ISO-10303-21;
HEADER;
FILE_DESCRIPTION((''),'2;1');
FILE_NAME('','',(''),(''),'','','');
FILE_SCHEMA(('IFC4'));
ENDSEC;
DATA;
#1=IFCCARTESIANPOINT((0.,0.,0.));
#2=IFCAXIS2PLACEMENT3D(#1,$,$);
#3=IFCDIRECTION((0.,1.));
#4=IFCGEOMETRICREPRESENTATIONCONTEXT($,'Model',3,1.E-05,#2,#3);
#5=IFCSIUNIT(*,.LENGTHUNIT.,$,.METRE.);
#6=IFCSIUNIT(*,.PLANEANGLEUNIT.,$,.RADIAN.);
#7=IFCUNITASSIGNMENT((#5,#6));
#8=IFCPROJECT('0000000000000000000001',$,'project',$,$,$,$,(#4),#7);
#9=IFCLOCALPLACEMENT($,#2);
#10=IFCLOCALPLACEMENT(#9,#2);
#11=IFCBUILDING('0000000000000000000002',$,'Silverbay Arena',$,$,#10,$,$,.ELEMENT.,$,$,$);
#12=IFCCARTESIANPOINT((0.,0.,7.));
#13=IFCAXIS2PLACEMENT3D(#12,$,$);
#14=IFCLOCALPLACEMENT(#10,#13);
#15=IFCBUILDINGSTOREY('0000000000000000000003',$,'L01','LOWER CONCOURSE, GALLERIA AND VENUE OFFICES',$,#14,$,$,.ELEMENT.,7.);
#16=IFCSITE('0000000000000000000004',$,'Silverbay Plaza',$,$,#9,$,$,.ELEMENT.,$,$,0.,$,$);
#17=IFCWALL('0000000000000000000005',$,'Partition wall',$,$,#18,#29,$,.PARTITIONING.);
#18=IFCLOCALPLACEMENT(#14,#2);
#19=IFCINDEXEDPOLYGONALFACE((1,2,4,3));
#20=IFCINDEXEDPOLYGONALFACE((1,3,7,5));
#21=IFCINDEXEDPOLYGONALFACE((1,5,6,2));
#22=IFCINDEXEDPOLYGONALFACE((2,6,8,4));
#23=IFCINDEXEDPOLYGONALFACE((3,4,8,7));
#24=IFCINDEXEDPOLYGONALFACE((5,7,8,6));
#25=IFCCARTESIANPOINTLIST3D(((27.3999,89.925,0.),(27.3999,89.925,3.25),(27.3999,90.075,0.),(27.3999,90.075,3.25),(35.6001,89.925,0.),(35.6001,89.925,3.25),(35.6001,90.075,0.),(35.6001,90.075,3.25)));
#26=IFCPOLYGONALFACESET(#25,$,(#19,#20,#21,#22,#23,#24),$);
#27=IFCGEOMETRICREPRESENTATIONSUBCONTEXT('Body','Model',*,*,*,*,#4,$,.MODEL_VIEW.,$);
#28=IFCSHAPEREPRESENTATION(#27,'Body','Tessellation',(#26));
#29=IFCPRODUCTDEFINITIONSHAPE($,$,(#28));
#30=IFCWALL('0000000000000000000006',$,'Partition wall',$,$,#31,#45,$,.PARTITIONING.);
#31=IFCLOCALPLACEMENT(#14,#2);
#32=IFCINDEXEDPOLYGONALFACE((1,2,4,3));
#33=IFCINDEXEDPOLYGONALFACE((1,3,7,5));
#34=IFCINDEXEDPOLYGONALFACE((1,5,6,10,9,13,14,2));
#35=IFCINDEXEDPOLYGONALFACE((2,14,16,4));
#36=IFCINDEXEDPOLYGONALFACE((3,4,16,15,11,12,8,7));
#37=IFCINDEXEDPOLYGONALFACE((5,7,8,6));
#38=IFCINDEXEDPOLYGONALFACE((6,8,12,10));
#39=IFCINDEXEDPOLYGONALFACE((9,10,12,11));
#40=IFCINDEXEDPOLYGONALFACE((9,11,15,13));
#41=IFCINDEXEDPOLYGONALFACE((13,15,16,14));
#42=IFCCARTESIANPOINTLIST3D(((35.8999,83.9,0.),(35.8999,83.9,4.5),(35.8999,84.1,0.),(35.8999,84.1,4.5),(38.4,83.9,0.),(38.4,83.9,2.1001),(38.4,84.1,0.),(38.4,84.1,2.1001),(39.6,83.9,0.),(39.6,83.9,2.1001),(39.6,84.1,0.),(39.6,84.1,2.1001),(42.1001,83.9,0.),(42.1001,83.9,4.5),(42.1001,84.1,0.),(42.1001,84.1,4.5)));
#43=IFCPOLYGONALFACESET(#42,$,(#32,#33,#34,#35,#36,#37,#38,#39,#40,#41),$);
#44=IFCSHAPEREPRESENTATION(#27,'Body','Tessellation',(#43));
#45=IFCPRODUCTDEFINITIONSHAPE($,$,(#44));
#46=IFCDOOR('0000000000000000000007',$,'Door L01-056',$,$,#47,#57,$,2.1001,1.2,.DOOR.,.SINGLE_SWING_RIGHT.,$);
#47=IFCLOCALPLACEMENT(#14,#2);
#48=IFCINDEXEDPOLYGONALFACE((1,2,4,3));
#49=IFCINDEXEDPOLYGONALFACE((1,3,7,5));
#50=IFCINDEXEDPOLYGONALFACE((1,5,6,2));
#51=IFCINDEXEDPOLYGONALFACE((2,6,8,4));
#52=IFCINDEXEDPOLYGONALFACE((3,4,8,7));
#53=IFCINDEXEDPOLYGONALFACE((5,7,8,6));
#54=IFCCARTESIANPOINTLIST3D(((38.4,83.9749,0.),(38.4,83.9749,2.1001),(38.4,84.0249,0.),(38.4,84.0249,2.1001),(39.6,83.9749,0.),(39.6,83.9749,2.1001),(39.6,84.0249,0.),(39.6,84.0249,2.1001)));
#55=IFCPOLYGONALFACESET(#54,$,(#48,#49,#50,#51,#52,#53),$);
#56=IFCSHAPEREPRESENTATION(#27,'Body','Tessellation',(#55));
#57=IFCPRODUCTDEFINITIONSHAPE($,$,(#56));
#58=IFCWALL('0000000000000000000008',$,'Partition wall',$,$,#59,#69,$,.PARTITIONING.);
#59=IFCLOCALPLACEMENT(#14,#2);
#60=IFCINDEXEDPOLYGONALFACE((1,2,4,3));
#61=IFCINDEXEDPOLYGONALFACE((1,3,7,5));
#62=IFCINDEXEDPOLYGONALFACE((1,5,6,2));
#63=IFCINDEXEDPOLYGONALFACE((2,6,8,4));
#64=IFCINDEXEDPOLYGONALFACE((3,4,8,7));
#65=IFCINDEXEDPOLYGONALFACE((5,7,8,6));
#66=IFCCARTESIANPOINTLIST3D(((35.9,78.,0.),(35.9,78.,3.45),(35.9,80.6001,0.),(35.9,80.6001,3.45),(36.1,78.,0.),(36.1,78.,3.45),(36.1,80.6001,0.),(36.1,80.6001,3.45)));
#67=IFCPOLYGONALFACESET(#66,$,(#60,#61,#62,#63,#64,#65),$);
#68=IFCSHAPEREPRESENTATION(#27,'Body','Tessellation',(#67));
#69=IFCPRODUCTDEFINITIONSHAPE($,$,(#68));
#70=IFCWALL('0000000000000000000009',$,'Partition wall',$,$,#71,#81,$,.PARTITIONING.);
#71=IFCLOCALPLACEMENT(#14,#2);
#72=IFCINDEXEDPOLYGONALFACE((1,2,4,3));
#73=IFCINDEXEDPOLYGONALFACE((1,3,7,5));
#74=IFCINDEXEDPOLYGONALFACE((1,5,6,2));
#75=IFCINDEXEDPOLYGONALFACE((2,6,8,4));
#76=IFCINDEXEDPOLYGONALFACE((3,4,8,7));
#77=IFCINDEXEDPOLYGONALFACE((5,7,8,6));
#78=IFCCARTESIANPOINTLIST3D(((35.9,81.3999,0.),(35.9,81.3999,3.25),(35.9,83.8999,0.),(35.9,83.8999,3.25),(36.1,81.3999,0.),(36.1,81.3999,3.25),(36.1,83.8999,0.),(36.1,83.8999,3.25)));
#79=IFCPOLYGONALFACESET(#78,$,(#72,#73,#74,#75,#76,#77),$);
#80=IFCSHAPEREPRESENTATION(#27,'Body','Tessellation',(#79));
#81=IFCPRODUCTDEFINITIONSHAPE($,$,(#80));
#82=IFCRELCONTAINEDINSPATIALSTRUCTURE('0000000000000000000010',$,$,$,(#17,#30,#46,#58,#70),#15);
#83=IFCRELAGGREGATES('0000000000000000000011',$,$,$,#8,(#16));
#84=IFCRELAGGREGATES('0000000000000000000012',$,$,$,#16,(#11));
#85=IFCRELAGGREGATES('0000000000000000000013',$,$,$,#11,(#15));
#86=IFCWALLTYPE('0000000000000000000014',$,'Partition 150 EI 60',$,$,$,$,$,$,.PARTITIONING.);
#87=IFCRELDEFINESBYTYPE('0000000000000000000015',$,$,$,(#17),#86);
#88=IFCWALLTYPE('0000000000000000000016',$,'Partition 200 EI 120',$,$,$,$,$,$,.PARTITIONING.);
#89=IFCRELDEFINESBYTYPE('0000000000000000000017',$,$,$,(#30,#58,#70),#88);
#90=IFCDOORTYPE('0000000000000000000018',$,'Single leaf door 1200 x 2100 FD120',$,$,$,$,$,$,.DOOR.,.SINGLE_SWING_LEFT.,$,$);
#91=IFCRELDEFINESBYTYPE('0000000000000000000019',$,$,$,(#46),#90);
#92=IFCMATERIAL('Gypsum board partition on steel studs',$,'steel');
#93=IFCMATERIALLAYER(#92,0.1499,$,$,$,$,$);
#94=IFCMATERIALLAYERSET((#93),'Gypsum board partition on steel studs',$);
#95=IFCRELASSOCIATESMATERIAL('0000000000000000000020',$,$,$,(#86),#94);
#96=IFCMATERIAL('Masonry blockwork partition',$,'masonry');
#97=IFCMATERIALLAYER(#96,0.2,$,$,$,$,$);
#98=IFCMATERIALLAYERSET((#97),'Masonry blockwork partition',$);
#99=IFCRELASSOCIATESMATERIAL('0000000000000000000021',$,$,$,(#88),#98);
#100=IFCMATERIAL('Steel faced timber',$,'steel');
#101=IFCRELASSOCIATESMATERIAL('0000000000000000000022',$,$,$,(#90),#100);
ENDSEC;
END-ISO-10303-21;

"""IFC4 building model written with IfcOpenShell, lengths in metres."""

from ifc_helpers import new_model, si_unit, direction, frame, frame_2d, origin, place, context, subcontext, project, spatial, rectangle, extrude, material, layer, layer_set, type_object, element, fill, save


model = new_model("IFC4")

# Units and contexts
model_context = context("Model", 3, precision=1e-05, world=origin(), true_north=direction((0.0, 1.0)))
body_context = subcontext(model_context, "Body", "Model", "MODEL_VIEW")
ifc_project = project(units=[si_unit("LENGTHUNIT", "METRE"), si_unit("PLANEANGLEUNIT", "RADIAN")], contexts=[model_context])

# Site, building, storey
site_placement = place(None, origin())
site = spatial("IfcSite", under=ifc_project, at=site_placement, Name="Silverbay Plaza", CompositionType="ELEMENT", RefElevation=0.0)
building_placement = place(site_placement, origin())
building = spatial("IfcBuilding", under=site, at=building_placement, Name="Silverbay Arena", CompositionType="ELEMENT")
storey_placement = place(building_placement, frame((0.0, 0.0, 7.0)))
storey = spatial("IfcBuildingStorey", under=building, at=storey_placement, Name="L01", Description="LOWER CONCOURSE, GALLERIA AND VENUE OFFICES", CompositionType="ELEMENT", Elevation=7.0)

# Wall
ifc_material_1 = material(Name="Gypsum board partition on steel studs", Category="steel")
ifc_layer_1 = layer(ifc_material_1, 0.1499)
ifc_layer_set_1 = layer_set([ifc_layer_1], Name="Gypsum board partition on steel studs")
wall_type_1 = type_object("IfcWallType", Name="Partition 150 EI 60", PredefinedType="PARTITIONING", material=ifc_layer_set_1)
wall_1_placement = place(storey_placement, frame((27.3999, 90.0, 0.0), z_axis=(0.0, 0.0, 1.0), x_axis=(1.0, 0.0, 0.0)))
element("IfcWall", 1, at=wall_1_placement, inside=storey, type_object=wall_type_1, Name="Partition wall", PredefinedType="PARTITIONING", context=body_context, shape_type="SweptSolid", body=[
    extrude(rectangle(XDim=8.2002, YDim=0.1499, at=frame_2d((4.1001, 0.0))), origin(), (0.0, 0.0, 1.0), 3.25),
])

# Wall, opening, door
ifc_material_2 = material(Name="Masonry blockwork partition", Category="masonry")
ifc_layer_2 = layer(ifc_material_2, 0.2)
ifc_layer_set_2 = layer_set([ifc_layer_2], Name="Masonry blockwork partition")
wall_type_2 = type_object("IfcWallType", Name="Partition 200 EI 120", PredefinedType="PARTITIONING", material=ifc_layer_set_2)
wall_2_placement = place(storey_placement, frame((35.8999, 84.0, 0.0), z_axis=(0.0, 0.0, 1.0), x_axis=(1.0, 0.0, 0.0)))
wall_2 = element("IfcWall", 2, at=wall_2_placement, inside=storey, type_object=wall_type_2, Name="Partition wall", PredefinedType="PARTITIONING", context=body_context, shape_type="SweptSolid", body=[
    extrude(rectangle(XDim=6.2002, YDim=0.2, at=frame_2d((3.1001, 0.0))), origin(), (0.0, 0.0, 1.0), 4.5),
])
opening_1_placement = place(wall_2_placement, frame((2.5, 0.0, 0.0)))
opening_1 = element("IfcOpeningElement", 3, at=opening_1_placement, cuts=wall_2, PredefinedType="OPENING", context=body_context, shape_type="SweptSolid", body=[
    extrude(rectangle(XDim=1.2, YDim=2.1001, at=frame_2d((0.6001, 1.05))), frame((0.0, 0.1099, 0.0), z_axis=(0.0, -1.0, 0.0), x_axis=(1.0, 0.0, 0.0)), (0.0, 0.0, 1.0), 0.22),
])
ifc_material_3 = material(Name="Steel faced timber", Category="steel")
door_type_1 = type_object("IfcDoorType", Name="Single leaf door 1200 x 2100 FD120", OperationType="SINGLE_SWING_LEFT", PredefinedType="DOOR", material=ifc_material_3)
door_1_placement = place(opening_1_placement, origin())
door_1 = element("IfcDoor", 4, at=door_1_placement, inside=storey, type_object=door_type_1, Name="Door L01-056", OperationType="SINGLE_SWING_RIGHT", OverallHeight=2.1001, OverallWidth=1.2, PredefinedType="DOOR", context=body_context, shape_type="SweptSolid", body=[
    extrude(rectangle(XDim=1.2, YDim=2.1001, at=frame_2d((0.6001, 1.05))), frame((0.0, 0.0249, 0.0), z_axis=(0.0, -1.0, 0.0), x_axis=(1.0, 0.0, 0.0)), (0.0, 0.0, 1.0), 0.05),
])
fill(opening_1, door_1)

# Walls
wall_3_placement = place(storey_placement, frame((36.0, 78.0, 0.0), z_axis=(0.0, 0.0, 1.0), x_axis=(0.0, 1.0, 0.0)))
element("IfcWall", 5, at=wall_3_placement, inside=storey, type_object=wall_type_2, Name="Partition wall", PredefinedType="PARTITIONING", context=body_context, shape_type="SweptSolid", body=[
    extrude(rectangle(XDim=2.6001, YDim=0.2, at=frame_2d((1.3, 0.0))), origin(), (0.0, 0.0, 1.0), 3.45),
])
wall_4_placement = place(storey_placement, frame((36.0, 81.3999, 0.0), z_axis=(0.0, 0.0, 1.0), x_axis=(0.0, 1.0, 0.0)))
element("IfcWall", 6, at=wall_4_placement, inside=storey, type_object=wall_type_2, Name="Partition wall", PredefinedType="PARTITIONING", context=body_context, shape_type="SweptSolid", body=[
    extrude(rectangle(XDim=2.5, YDim=0.2, at=frame_2d((1.25, 0.0))), origin(), (0.0, 0.0, 1.0), 3.25),
])

save(model, "model.ifc")
